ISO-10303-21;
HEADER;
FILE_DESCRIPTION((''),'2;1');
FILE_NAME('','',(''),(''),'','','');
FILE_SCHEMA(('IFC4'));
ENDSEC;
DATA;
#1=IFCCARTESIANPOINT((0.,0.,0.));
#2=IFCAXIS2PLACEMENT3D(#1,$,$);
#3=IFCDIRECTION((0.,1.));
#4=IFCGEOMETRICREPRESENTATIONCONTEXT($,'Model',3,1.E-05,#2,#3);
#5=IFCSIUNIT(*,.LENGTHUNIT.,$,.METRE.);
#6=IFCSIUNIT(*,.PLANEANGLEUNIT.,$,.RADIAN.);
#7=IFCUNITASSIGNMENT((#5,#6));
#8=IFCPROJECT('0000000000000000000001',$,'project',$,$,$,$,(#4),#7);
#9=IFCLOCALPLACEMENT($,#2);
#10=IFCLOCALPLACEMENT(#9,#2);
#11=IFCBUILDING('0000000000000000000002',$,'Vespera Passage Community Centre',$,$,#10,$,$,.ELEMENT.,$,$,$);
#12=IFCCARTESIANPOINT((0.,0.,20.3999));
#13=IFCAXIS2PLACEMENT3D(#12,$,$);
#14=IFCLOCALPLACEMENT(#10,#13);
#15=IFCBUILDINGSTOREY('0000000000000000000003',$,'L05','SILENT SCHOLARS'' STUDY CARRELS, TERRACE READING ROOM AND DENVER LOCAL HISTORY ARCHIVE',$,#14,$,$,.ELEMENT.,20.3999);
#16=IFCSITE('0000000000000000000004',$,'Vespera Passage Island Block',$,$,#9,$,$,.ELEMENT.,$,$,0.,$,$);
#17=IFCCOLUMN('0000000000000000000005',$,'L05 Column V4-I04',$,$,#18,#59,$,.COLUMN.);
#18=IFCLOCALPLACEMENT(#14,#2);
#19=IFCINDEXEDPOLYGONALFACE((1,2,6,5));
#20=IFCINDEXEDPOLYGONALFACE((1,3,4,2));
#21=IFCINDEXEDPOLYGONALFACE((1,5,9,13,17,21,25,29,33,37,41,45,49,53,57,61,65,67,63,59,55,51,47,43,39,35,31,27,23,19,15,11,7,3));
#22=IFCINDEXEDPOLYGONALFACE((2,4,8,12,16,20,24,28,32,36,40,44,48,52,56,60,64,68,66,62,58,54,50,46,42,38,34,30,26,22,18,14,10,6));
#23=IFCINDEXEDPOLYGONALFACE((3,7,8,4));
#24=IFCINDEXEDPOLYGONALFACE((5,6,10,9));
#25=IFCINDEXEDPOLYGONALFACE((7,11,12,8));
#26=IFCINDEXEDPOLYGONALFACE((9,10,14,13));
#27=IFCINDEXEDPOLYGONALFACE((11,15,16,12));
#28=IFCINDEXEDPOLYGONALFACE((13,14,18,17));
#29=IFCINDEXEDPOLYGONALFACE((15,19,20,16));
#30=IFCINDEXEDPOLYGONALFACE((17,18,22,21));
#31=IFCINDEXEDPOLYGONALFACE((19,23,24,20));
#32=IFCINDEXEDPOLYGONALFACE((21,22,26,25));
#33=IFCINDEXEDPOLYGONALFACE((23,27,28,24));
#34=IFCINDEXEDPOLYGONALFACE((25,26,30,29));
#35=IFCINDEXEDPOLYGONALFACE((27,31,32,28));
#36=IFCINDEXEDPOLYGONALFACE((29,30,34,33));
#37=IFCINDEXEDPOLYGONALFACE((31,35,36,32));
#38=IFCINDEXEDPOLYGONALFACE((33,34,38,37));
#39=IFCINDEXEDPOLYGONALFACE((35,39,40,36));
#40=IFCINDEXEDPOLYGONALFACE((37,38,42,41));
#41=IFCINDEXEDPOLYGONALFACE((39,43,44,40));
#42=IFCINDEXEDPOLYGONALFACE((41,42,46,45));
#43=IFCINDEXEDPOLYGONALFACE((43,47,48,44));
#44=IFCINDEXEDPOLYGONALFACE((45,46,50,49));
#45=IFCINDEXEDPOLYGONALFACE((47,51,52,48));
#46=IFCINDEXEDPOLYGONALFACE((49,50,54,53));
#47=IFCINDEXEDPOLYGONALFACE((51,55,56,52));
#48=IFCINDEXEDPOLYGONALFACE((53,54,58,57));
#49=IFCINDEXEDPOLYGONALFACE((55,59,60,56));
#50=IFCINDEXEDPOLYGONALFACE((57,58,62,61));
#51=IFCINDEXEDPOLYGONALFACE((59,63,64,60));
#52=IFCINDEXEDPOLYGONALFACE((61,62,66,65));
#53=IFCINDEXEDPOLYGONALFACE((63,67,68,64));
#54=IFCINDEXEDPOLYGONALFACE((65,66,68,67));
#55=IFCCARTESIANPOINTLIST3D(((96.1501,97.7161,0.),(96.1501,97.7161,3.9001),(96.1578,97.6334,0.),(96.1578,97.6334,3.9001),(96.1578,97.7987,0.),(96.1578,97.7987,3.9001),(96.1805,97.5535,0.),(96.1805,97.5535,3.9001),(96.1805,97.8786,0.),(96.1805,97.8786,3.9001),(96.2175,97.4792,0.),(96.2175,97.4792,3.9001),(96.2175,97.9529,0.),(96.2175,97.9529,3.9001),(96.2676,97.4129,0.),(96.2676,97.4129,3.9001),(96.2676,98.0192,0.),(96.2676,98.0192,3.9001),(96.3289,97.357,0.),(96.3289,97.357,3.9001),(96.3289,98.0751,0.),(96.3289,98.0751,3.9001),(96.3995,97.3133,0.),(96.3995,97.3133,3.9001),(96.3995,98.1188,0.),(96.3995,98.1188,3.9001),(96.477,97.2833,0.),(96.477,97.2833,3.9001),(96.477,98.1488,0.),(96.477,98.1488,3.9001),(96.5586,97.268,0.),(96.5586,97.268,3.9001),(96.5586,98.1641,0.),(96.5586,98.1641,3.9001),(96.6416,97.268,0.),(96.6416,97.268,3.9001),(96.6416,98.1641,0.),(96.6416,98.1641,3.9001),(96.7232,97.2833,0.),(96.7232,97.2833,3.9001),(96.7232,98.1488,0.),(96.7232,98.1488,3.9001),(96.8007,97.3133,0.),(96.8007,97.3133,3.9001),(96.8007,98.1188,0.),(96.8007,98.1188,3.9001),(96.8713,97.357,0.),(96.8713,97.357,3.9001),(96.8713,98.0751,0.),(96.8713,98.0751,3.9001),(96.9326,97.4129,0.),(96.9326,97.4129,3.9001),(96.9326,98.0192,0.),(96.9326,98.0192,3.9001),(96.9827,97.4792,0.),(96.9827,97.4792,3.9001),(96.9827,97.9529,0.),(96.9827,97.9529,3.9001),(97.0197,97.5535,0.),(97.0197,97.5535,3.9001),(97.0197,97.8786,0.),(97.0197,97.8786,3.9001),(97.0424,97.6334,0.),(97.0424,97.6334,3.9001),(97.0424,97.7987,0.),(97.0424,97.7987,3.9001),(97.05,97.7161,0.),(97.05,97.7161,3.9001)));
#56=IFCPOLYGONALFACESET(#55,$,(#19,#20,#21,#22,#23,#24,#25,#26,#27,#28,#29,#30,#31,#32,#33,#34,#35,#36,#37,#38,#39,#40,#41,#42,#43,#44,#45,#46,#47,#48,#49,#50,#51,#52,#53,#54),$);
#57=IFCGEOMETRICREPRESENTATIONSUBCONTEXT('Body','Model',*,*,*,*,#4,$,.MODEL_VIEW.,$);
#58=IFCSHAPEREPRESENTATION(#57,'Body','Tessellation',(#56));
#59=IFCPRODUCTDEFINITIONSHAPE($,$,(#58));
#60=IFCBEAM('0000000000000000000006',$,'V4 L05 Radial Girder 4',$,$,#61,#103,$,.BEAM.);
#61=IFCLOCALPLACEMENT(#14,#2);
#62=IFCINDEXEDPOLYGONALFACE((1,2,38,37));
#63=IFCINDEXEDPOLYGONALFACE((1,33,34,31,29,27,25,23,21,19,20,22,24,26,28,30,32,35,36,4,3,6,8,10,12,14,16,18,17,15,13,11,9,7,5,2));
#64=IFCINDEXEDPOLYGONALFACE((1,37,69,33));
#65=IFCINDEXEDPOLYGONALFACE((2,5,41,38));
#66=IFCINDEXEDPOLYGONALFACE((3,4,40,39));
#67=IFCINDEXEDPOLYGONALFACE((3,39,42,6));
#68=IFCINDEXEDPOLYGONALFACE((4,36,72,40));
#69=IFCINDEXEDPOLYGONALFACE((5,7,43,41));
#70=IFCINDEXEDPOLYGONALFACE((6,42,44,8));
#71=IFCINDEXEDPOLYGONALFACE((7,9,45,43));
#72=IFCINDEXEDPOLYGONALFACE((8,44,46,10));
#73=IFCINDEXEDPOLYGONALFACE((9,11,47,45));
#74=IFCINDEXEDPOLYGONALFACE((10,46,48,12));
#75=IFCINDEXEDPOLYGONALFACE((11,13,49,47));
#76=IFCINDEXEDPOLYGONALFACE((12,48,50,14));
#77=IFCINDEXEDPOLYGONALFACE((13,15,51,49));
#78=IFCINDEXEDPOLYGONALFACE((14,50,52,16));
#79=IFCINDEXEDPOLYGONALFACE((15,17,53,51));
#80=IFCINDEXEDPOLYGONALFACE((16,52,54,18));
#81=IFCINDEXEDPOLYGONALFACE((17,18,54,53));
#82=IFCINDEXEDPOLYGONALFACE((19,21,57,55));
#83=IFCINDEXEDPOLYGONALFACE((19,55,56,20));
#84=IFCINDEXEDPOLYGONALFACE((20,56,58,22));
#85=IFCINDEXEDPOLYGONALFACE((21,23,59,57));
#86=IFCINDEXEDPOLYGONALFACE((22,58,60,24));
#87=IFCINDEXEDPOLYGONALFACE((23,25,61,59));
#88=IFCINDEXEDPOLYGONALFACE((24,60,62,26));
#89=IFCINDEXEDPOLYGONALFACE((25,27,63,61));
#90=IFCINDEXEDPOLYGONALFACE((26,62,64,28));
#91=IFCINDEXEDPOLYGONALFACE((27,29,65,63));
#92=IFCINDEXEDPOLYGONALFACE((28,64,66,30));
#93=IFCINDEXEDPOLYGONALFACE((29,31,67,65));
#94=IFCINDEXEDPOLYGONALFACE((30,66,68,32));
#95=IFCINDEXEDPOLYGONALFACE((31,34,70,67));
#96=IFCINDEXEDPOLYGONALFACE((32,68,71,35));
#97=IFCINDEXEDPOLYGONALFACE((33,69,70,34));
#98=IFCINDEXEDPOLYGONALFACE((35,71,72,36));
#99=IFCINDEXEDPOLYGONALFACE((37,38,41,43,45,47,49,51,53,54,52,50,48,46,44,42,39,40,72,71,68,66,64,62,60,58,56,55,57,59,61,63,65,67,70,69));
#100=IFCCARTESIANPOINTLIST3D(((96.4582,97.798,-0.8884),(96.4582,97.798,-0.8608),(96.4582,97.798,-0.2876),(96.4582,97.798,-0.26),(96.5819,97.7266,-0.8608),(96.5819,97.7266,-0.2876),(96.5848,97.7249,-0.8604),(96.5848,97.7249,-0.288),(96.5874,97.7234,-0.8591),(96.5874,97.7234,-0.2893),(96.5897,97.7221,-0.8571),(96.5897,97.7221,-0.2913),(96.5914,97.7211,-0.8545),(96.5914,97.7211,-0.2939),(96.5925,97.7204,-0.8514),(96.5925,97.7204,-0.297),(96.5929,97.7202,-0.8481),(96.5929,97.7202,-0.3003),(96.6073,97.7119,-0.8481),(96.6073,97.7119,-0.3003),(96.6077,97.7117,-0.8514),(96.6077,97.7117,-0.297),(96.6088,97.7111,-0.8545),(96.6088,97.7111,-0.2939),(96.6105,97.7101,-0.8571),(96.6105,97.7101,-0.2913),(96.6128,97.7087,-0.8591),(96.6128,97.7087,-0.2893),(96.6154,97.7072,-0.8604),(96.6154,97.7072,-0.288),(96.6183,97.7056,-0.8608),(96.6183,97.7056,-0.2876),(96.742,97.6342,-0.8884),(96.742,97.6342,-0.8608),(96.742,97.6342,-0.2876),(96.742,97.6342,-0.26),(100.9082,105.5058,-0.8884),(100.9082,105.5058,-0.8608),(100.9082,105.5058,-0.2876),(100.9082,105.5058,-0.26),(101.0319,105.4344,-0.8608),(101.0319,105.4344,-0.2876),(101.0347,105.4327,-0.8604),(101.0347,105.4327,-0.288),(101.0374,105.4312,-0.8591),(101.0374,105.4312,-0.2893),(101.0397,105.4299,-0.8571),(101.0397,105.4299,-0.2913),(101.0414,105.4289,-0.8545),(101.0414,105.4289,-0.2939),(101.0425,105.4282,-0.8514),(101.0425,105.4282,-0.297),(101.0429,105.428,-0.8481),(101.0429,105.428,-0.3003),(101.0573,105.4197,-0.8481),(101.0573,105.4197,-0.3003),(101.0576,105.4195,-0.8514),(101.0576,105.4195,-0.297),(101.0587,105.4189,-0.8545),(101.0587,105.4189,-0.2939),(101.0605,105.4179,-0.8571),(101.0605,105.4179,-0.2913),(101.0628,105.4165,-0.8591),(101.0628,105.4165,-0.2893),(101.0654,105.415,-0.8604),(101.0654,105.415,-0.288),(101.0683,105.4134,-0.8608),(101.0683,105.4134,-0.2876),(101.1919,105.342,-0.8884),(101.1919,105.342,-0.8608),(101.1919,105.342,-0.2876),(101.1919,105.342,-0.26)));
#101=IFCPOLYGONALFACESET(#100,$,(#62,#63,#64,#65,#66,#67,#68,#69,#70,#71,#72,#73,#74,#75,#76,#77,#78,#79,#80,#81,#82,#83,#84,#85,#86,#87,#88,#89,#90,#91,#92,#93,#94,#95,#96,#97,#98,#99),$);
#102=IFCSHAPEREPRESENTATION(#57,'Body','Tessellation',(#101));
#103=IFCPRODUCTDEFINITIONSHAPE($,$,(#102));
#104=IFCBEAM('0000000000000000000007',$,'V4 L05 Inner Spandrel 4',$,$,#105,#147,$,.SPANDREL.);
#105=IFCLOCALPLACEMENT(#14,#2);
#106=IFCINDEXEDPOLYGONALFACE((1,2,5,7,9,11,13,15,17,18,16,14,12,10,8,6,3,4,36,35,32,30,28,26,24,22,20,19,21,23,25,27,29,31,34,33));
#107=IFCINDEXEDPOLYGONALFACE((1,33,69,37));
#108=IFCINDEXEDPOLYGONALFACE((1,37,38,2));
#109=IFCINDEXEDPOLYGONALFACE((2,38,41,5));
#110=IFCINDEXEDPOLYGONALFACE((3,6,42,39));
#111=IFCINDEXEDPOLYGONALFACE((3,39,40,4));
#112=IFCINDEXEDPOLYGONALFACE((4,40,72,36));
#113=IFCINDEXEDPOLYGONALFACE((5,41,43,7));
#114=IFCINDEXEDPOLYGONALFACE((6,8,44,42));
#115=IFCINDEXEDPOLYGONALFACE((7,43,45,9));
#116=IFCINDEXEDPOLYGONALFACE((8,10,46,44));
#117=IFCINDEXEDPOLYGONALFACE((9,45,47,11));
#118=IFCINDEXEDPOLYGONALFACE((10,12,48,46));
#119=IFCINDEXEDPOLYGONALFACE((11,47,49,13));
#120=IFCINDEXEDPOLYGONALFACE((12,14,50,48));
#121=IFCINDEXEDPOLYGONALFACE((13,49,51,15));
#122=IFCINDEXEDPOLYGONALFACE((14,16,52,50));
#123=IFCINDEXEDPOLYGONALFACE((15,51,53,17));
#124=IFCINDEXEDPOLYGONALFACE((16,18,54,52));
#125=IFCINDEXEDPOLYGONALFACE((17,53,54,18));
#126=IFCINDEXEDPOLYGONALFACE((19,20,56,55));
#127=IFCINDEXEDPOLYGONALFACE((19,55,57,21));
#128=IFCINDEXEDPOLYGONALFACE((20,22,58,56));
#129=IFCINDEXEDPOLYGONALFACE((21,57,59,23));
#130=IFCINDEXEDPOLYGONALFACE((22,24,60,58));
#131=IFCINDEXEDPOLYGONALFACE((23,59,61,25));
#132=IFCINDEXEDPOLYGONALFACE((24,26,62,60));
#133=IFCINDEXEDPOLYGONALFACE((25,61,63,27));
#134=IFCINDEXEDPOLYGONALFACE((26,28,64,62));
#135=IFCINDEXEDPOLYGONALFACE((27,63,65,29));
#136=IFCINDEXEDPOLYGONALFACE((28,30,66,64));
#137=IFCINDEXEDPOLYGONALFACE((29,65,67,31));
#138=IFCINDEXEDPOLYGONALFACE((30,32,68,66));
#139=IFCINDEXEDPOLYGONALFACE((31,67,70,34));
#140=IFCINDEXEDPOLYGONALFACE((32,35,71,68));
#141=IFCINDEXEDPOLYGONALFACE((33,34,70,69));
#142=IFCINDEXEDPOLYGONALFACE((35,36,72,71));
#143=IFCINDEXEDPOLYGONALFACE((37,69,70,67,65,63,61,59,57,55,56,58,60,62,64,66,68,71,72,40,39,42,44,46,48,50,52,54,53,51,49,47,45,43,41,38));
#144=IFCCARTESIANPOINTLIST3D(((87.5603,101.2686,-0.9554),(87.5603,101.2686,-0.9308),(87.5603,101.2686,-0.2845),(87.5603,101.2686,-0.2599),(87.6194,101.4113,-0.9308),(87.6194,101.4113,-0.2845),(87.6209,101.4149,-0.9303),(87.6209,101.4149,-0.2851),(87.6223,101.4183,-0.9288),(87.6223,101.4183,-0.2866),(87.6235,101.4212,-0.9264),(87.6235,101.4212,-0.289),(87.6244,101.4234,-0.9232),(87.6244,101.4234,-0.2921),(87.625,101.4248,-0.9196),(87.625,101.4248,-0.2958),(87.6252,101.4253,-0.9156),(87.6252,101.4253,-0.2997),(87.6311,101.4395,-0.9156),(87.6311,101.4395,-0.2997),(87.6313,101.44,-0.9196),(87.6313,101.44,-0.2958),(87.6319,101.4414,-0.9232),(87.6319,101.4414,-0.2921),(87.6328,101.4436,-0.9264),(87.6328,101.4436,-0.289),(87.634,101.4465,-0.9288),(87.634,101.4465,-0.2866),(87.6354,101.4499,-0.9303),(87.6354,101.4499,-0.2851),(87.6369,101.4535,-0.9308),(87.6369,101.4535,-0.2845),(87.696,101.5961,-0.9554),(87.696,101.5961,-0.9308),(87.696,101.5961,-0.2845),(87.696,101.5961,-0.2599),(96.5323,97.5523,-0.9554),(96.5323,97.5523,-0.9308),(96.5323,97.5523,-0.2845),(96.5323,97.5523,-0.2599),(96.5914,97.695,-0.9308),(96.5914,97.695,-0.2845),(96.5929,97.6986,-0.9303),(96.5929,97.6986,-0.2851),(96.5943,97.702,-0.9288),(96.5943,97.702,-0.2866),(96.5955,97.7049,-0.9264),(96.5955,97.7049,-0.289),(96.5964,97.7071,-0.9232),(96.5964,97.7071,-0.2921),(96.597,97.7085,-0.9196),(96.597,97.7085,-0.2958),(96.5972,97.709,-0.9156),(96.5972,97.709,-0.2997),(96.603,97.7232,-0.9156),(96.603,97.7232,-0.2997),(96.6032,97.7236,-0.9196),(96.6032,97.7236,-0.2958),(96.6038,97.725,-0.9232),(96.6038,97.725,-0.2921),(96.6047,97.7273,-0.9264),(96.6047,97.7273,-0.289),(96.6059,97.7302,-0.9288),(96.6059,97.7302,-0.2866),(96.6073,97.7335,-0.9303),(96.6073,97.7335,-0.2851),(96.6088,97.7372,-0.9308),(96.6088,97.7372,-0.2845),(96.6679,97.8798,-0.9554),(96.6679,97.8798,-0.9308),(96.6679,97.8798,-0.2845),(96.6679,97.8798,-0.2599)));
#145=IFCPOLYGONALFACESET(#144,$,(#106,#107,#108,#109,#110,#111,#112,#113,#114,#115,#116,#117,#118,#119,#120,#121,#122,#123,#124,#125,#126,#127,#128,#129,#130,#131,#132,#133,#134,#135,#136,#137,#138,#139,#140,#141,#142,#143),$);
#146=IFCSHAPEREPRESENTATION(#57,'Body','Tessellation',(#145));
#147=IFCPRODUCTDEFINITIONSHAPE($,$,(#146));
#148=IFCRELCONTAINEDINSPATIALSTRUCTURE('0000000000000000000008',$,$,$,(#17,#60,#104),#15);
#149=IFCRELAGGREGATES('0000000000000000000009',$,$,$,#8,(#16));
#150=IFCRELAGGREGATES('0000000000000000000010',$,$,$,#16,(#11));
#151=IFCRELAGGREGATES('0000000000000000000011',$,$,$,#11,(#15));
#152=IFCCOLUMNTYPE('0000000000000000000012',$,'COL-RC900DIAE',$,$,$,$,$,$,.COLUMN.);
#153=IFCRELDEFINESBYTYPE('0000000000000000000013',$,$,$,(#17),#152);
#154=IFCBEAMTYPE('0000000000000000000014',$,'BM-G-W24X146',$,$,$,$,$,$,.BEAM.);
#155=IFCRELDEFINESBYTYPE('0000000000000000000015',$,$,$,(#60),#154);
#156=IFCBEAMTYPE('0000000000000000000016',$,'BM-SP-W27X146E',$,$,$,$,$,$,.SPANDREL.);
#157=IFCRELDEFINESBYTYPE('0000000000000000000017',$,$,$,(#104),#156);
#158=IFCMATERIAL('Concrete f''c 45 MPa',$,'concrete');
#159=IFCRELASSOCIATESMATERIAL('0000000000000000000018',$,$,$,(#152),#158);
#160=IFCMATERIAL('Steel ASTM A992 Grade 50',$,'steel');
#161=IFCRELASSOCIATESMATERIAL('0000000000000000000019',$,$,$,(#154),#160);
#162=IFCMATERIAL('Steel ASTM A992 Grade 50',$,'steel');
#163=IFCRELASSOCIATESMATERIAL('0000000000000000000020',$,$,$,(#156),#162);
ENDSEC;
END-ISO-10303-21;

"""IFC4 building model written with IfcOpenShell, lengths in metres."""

from ifc_helpers import new_model, si_unit, direction, frame, origin, origin_2d, place, context, subcontext, project, spatial, circle, i_section, extrude, material, material_profile, profile_set, type_object, element, save


model = new_model("IFC4")

# Units and contexts
model_context = context("Model", 3, precision=1e-05, world=origin(), true_north=direction((0.0, 1.0)))
body_context = subcontext(model_context, "Body", "Model", "MODEL_VIEW")
ifc_project = project(units=[si_unit("LENGTHUNIT", "METRE"), si_unit("PLANEANGLEUNIT", "RADIAN")], contexts=[model_context])

# Site, building, storey
site_placement = place(None, origin())
site = spatial("IfcSite", under=ifc_project, at=site_placement, Name="Vespera Passage Island Block", CompositionType="ELEMENT", RefElevation=0.0)
building_placement = place(site_placement, origin())
building = spatial("IfcBuilding", under=site, at=building_placement, Name="Vespera Passage Community Centre", CompositionType="ELEMENT")
storey_placement = place(building_placement, frame((0.0, 0.0, 20.3999)))
storey = spatial("IfcBuildingStorey", under=building, at=storey_placement, Name="L05", Description="SILENT SCHOLARS' STUDY CARRELS, TERRACE READING ROOM AND DENVER LOCAL HISTORY ARCHIVE", CompositionType="ELEMENT", Elevation=20.3999)

# Column
ifc_material_1 = material(Name="Concrete f'c 45 MPa", Category="concrete")
ifc_material_profile_1 = material_profile(ifc_material_1, circle(Radius=0.45, at=origin_2d()), Name="RC900DIA")
ifc_profile_set_1 = profile_set([ifc_material_profile_1], Name="Concrete f'c 45 MPa")
column_type = type_object("IfcColumnType", Name="COL-RC900DIAE", PredefinedType="COLUMN", material=ifc_profile_set_1)
column_placement = place(storey_placement, frame((96.6001, 97.7161, 0.0), z_axis=(0.0, 0.0, 1.0), x_axis=(1.0, 0.0, 0.0)))
element("IfcColumn", 1, at=column_placement, inside=storey, type_object=column_type, Name="L05 Column V4-I04", PredefinedType="COLUMN", context=body_context, shape_type="SweptSolid", body=[
    extrude(circle(Radius=0.45, at=origin_2d()), origin(), (0.0, 0.0, 1.0), 3.9001),
])

# Beams
ifc_material_2 = material(Name="Steel ASTM A992 Grade 50", Category="steel")
ifc_material_profile_2 = material_profile(ifc_material_2, i_section(OverallWidth=0.3276, OverallDepth=0.6284, WebThickness=0.0166, FlangeThickness=0.0276, FilletRadius=0.0127, at=origin_2d()), Name="W24X146")
ifc_profile_set_2 = profile_set([ifc_material_profile_2], Name="Steel ASTM A992 Grade 50")
beam_type_1 = type_object("IfcBeamType", Name="BM-G-W24X146", PredefinedType="BEAM", material=ifc_profile_set_2)
beam_1_placement = place(storey_placement, frame((96.6001, 97.7161, -0.5742), z_axis=(0.499989, 0.866032, 0.0), x_axis=(-0.866032, 0.499989, 0.0)))
element("IfcBeam", 2, at=beam_1_placement, inside=storey, type_object=beam_type_1, Name="V4 L05 Radial Girder 4", PredefinedType="BEAM", context=body_context, shape_type="SweptSolid", body=[
    extrude(i_section(OverallWidth=0.3276, OverallDepth=0.6284, WebThickness=0.0166, FlangeThickness=0.0276, FilletRadius=0.0127, at=origin_2d()), origin(), (0.0, 0.0, 1.0), 8.9001),
])
ifc_material_3 = material(Name="Steel ASTM A992 Grade 50", Category="steel")
ifc_material_profile_3 = material_profile(ifc_material_3, i_section(OverallWidth=0.3545, OverallDepth=0.6956, WebThickness=0.0154, FlangeThickness=0.0247, FilletRadius=0.0151, at=origin_2d()), Name="W27X146")
ifc_profile_set_3 = profile_set([ifc_material_profile_3], Name="Steel ASTM A992 Grade 50")
beam_type_2 = type_object("IfcBeamType", Name="BM-SP-W27X146E", PredefinedType="SPANDREL", material=ifc_profile_set_3)
beam_2_placement = place(storey_placement, frame((96.6001, 97.7161, -0.6077), z_axis=(-0.923879, 0.382685, 0.0), x_axis=(-0.382685, -0.923879, 0.0)))
element("IfcBeam", 3, at=beam_2_placement, inside=storey, type_object=beam_type_2, Name="V4 L05 Inner Spandrel 4", PredefinedType="SPANDREL", context=body_context, shape_type="SweptSolid", body=[
    extrude(i_section(OverallWidth=0.3545, OverallDepth=0.6956, WebThickness=0.0154, FlangeThickness=0.0247, FilletRadius=0.0151, at=origin_2d()), origin(), (0.0, 0.0, 1.0), 9.7112),
])

save(model, "model.ifc")
